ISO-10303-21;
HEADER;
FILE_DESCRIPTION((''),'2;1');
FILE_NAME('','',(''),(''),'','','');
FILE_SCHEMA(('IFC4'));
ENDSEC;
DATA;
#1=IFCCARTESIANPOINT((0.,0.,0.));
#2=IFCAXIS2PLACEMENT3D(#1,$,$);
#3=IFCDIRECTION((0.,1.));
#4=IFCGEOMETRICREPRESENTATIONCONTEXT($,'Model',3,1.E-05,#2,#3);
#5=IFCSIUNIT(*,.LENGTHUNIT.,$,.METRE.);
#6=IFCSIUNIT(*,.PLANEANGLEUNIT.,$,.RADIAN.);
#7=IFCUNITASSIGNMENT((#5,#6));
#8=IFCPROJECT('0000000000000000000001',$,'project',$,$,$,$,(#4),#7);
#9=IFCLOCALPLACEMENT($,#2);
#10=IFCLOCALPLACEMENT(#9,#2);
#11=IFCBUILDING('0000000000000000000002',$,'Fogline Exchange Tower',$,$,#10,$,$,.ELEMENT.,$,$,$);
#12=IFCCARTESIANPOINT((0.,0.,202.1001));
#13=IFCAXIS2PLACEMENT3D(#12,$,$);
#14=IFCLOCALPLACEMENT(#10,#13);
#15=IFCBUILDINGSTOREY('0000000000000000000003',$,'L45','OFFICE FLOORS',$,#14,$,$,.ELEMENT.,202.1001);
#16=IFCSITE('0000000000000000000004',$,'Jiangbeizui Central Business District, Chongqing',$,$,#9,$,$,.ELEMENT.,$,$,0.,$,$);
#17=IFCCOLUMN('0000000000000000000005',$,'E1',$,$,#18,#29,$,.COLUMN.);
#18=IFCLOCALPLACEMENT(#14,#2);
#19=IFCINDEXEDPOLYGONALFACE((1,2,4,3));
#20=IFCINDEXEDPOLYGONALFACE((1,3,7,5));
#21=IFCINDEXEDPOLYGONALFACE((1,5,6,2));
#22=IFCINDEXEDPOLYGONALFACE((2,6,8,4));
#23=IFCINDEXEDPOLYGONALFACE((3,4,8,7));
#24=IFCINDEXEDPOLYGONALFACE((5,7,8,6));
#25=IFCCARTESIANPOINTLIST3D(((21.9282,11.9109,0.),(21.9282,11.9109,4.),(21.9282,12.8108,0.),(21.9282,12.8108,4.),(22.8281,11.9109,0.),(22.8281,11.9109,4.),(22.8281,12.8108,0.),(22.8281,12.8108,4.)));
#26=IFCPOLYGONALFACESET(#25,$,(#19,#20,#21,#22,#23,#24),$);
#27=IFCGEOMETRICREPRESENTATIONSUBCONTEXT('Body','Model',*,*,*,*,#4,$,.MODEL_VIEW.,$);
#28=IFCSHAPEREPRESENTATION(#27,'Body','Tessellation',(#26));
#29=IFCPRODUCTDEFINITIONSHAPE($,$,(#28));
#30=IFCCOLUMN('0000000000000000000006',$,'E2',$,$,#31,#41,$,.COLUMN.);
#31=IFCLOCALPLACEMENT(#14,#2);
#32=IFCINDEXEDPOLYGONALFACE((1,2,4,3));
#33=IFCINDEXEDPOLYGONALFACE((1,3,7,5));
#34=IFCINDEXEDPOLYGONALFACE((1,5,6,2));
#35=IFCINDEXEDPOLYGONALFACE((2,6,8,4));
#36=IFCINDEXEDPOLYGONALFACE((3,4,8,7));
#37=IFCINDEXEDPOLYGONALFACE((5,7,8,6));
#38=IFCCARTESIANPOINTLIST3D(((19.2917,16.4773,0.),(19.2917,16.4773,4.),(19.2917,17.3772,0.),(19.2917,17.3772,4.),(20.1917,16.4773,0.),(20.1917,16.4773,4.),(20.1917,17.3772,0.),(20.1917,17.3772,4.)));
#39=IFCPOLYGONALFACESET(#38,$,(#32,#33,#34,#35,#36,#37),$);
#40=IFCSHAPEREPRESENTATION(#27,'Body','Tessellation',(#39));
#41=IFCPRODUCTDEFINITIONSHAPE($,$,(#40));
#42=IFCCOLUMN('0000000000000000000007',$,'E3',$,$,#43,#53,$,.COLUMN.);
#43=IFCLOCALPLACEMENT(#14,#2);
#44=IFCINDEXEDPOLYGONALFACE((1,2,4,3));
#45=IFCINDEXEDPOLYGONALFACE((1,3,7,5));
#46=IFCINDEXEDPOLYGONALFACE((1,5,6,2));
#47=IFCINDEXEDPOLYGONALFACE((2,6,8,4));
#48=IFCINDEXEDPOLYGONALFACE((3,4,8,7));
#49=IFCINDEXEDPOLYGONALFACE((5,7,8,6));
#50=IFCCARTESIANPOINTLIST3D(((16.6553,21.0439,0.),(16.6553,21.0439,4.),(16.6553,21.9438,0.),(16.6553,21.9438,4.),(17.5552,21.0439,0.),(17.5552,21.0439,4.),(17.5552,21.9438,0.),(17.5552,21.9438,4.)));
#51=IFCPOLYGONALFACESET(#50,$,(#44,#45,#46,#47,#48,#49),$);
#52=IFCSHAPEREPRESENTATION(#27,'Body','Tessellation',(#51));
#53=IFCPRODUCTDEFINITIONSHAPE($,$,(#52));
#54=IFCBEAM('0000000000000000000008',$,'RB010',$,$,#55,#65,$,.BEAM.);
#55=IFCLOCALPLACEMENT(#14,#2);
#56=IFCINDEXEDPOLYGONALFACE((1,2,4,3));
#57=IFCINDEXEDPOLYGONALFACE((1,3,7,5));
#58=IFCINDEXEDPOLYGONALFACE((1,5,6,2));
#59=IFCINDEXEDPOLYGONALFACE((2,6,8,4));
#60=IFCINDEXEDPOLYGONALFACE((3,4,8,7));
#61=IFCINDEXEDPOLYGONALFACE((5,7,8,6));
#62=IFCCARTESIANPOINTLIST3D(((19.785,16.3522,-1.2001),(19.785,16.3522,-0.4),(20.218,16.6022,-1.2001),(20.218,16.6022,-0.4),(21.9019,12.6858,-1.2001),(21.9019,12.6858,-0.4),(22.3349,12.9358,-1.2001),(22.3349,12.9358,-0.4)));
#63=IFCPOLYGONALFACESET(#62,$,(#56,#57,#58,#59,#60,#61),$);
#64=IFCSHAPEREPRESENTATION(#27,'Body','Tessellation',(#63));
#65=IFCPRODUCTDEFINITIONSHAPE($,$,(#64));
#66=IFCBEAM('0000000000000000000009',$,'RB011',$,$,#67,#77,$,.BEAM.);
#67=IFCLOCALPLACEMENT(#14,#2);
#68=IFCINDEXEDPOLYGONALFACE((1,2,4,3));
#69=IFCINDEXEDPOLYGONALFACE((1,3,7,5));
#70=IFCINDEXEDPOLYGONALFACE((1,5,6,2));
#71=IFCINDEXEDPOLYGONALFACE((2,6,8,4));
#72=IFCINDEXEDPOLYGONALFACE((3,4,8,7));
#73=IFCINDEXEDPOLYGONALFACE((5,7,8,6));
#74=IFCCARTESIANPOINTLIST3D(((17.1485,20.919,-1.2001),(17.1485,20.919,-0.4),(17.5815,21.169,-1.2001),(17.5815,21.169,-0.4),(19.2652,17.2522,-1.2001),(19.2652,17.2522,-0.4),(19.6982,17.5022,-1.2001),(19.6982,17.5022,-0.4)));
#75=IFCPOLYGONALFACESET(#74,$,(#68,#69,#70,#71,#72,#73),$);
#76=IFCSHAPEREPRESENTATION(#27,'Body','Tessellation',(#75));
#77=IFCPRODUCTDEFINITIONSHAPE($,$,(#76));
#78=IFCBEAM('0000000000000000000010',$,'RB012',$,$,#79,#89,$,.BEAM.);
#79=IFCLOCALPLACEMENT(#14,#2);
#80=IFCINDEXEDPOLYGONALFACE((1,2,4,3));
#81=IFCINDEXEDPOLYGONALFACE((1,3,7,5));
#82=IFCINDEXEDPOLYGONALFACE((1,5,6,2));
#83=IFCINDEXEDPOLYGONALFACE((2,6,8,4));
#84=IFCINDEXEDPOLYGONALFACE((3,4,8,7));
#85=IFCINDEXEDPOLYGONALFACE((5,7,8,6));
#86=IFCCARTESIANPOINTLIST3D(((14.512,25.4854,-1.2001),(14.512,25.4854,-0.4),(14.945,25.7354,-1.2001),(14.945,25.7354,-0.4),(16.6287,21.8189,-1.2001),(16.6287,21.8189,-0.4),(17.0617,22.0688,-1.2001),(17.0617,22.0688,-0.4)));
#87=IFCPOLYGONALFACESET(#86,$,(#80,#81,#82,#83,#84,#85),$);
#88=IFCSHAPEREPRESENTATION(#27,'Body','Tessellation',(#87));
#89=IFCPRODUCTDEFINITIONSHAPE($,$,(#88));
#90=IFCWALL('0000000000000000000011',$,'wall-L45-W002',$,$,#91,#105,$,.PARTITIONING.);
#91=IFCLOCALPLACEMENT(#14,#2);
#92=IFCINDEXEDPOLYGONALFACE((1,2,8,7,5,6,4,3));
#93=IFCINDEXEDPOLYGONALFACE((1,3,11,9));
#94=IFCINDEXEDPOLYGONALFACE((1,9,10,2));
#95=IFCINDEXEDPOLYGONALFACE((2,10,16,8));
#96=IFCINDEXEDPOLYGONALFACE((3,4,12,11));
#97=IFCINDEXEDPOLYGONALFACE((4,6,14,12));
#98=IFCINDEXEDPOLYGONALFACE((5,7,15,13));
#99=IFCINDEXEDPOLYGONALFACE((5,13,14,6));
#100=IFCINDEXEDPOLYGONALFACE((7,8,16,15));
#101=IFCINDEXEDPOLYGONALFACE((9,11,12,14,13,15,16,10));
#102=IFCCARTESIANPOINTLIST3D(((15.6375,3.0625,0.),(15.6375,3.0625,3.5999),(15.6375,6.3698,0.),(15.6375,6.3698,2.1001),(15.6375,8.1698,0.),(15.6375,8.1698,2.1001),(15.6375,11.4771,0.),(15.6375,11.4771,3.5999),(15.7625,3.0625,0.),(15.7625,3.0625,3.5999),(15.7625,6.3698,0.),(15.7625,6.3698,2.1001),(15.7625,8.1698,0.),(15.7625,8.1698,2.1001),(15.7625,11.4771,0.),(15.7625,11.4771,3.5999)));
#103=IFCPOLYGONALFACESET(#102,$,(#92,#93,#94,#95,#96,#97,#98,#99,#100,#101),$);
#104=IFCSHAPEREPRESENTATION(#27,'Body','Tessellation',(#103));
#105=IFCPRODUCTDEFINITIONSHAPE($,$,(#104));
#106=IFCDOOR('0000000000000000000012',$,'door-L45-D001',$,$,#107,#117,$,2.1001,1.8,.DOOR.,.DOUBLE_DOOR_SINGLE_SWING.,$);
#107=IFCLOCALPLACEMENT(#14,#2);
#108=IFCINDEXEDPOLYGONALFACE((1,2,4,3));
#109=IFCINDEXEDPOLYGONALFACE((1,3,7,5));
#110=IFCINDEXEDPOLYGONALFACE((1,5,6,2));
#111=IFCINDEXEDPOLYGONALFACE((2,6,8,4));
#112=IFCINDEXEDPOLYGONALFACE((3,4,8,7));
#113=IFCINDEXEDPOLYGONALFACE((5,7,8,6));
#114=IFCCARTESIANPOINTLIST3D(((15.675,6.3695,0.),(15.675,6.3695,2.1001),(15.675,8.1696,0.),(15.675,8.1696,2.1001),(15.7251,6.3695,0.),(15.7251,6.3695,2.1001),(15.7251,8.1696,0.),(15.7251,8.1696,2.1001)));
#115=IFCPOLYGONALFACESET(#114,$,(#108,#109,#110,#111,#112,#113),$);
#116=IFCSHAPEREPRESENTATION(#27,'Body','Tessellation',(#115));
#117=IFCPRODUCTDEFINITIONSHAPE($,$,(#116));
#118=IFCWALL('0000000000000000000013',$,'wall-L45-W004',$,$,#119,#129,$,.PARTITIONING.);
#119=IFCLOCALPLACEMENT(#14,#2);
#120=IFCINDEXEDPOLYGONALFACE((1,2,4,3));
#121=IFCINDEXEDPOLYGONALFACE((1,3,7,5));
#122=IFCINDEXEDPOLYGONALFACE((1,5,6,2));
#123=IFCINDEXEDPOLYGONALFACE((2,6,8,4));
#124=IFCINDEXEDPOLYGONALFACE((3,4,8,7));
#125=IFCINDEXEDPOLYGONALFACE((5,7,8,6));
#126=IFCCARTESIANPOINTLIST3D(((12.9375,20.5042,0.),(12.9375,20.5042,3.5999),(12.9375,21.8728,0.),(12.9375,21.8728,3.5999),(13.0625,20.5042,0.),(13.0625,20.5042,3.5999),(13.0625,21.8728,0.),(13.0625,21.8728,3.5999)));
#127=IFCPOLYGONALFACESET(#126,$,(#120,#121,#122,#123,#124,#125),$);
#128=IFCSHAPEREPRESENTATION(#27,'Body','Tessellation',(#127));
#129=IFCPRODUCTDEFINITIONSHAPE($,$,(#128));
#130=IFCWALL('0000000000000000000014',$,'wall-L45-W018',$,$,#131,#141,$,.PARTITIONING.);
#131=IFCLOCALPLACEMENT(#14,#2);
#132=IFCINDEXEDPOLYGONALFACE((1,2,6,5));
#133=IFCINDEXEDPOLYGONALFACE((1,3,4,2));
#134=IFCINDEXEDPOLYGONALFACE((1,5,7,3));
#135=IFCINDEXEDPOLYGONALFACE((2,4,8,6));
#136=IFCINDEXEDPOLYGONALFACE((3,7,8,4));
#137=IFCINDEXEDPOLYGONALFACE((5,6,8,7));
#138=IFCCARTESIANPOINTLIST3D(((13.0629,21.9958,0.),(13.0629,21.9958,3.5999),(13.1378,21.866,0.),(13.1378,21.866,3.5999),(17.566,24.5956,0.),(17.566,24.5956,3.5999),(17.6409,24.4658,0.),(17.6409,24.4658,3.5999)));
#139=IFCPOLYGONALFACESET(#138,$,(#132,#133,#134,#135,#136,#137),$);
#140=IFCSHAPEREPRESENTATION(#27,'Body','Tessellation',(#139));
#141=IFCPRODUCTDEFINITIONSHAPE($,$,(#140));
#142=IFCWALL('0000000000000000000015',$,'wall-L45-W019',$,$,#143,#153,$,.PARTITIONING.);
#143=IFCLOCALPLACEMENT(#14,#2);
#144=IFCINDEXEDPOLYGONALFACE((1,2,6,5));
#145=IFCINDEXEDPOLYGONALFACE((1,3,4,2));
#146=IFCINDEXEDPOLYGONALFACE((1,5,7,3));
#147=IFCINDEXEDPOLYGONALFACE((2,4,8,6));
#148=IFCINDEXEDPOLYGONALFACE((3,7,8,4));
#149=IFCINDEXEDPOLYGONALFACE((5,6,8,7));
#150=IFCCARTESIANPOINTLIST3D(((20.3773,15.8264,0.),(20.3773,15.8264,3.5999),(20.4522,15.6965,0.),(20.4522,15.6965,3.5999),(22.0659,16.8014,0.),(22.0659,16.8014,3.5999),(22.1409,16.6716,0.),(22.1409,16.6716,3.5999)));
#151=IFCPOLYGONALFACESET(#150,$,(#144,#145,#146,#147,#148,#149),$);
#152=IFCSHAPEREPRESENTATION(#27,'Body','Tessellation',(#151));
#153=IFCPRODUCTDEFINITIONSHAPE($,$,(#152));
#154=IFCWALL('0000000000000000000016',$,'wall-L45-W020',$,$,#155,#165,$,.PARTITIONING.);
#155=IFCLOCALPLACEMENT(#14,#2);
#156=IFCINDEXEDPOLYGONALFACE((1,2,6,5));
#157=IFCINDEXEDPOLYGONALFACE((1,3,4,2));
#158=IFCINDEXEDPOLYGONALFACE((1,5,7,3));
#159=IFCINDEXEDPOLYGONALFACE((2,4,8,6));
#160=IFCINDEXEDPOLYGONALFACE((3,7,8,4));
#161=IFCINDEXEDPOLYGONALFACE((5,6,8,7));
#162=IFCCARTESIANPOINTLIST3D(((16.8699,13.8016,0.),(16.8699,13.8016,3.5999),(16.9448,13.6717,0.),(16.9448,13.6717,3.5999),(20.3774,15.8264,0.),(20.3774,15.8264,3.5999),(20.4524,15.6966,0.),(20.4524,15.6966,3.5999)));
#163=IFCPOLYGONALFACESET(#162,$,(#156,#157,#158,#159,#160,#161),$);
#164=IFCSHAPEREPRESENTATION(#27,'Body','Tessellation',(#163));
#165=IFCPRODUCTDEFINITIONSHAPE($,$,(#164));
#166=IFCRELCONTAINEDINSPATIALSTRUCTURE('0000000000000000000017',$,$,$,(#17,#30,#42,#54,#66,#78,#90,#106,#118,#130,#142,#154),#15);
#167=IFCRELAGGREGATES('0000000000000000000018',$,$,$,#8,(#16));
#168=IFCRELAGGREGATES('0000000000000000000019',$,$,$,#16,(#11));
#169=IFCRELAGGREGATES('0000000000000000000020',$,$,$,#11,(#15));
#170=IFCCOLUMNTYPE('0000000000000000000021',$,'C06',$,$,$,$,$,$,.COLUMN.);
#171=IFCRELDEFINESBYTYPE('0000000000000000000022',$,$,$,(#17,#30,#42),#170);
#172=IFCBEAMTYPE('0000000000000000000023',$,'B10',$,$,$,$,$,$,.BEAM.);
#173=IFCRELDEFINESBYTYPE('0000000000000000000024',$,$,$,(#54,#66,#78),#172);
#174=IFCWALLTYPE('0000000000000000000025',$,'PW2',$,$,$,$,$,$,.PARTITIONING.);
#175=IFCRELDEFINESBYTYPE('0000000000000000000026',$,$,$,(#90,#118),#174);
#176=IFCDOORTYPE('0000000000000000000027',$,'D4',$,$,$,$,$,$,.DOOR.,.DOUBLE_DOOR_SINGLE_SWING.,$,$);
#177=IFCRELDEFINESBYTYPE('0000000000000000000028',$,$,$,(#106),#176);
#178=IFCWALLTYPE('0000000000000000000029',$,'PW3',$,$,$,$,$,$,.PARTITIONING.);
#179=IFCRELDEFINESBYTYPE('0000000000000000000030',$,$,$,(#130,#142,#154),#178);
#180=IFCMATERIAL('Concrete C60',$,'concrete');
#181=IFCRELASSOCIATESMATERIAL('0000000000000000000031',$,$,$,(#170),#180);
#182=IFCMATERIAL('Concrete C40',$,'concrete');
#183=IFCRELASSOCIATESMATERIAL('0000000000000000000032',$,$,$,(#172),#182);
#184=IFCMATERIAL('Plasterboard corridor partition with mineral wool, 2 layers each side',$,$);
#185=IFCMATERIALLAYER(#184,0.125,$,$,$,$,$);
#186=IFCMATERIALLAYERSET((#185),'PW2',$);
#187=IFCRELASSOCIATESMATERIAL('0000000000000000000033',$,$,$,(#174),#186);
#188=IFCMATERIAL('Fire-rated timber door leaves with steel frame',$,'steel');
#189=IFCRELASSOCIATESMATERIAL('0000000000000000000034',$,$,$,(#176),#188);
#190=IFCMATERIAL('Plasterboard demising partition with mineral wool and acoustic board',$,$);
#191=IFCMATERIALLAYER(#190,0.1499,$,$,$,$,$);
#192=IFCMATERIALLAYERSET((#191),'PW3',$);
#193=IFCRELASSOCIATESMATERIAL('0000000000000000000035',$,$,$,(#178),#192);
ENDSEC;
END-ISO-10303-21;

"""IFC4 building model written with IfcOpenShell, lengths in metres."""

from ifc_helpers import new_model, si_unit, direction, frame, frame_2d, origin, origin_2d, place, context, subcontext, project, spatial, rectangle, extrude, material, layer, layer_set, material_profile, profile_set, type_object, element, fill, save


model = new_model("IFC4")

# Units and contexts
model_context = context("Model", 3, precision=1e-05, world=origin(), true_north=direction((0.0, 1.0)))
body_context = subcontext(model_context, "Body", "Model", "MODEL_VIEW")
ifc_project = project(units=[si_unit("LENGTHUNIT", "METRE"), si_unit("PLANEANGLEUNIT", "RADIAN")], contexts=[model_context])

# Site, building, storey
site_placement = place(None, origin())
site = spatial("IfcSite", under=ifc_project, at=site_placement, Name="Jiangbeizui Central Business District, Chongqing", CompositionType="ELEMENT", RefElevation=0.0)
building_placement = place(site_placement, origin())
building = spatial("IfcBuilding", under=site, at=building_placement, Name="Fogline Exchange Tower", CompositionType="ELEMENT")
storey_placement = place(building_placement, frame((0.0, 0.0, 202.1001)))
storey = spatial("IfcBuildingStorey", under=building, at=storey_placement, Name="L45", Description="OFFICE FLOORS", CompositionType="ELEMENT", Elevation=202.1001)

# Columns
ifc_material_1 = material(Name="Concrete C60", Category="concrete")
ifc_material_profile_1 = material_profile(ifc_material_1, rectangle(XDim=0.8999, YDim=0.8999, at=origin_2d()), Name="RC 900x900")
ifc_profile_set_1 = profile_set([ifc_material_profile_1], Name="Concrete C60")
column_type = type_object("IfcColumnType", Name="C06", PredefinedType="COLUMN", material=ifc_profile_set_1)
for number, where, z_axis, x_axis, name in (
    (1, (22.3782, 12.3608, 0.0), (0.0, 0.0, 1.0), (1.0, 0.0, 0.0), "E1"),
    (2, (19.7417, 16.9272, 0.0), (0.0, 0.0, 1.0), (1.0, 0.0, 0.0), "E2"),
    (3, (17.1052, 21.4939, 0.0), (0.0, 0.0, 1.0), (1.0, 0.0, 0.0), "E3"),
):
    element("IfcColumn", number, at=place(storey_placement, frame(where, z_axis=z_axis, x_axis=x_axis)), inside=storey, type_object=column_type, Name=name, PredefinedType="COLUMN", context=body_context, shape_type="SweptSolid", body=[
        extrude(rectangle(XDim=0.8999, YDim=0.8999, at=origin_2d()), origin(), (0.0, 0.0, 1.0), 4.0),
    ])

# Beams
ifc_material_2 = material(Name="Concrete C40", Category="concrete")
ifc_material_profile_2 = material_profile(ifc_material_2, rectangle(XDim=0.5, YDim=0.8, at=origin_2d()), Name="RC 500x800")
ifc_profile_set_2 = profile_set([ifc_material_profile_2], Name="Concrete C40")
beam_type = type_object("IfcBeamType", Name="B10", PredefinedType="BEAM", material=ifc_profile_set_2)
beam_1_placement = place(storey_placement, frame((22.1184, 12.8108, -0.8), z_axis=(-0.500015, 0.866017, 0.0), x_axis=(-0.866017, -0.500015, 0.0)))
element("IfcBeam", 4, at=beam_1_placement, inside=storey, type_object=beam_type, Name="RB010", PredefinedType="BEAM", context=body_context, shape_type="SweptSolid", body=[
    extrude(rectangle(XDim=0.5, YDim=0.8, at=origin_2d()), origin(), (0.0, 0.0, 1.0), 4.2336),
])
beam_2_placement = place(storey_placement, frame((19.4817, 17.3772, -0.8), z_axis=(-0.499947, 0.866056, 0.0), x_axis=(-0.866056, -0.499947, 0.0)))
element("IfcBeam", 5, at=beam_2_placement, inside=storey, type_object=beam_type, Name="RB011", PredefinedType="BEAM", context=body_context, shape_type="SweptSolid", body=[
    extrude(rectangle(XDim=0.5, YDim=0.8, at=origin_2d()), origin(), (0.0, 0.0, 1.0), 4.2339),
])
beam_3_placement = place(storey_placement, frame((16.8452, 21.9438, -0.8), z_axis=(-0.499972, 0.866042, 0.0), x_axis=(-0.866042, -0.499972, 0.0)))
element("IfcBeam", 6, at=beam_3_placement, inside=storey, type_object=beam_type, Name="RB012", PredefinedType="BEAM", context=body_context, shape_type="SweptSolid", body=[
    extrude(rectangle(XDim=0.5, YDim=0.8, at=origin_2d()), origin(), (0.0, 0.0, 1.0), 4.2336),
])

# Wall, opening, door
ifc_material_3 = material(Name="Plasterboard corridor partition with mineral wool, 2 layers each side")
ifc_layer_1 = layer(ifc_material_3, 0.125)
ifc_layer_set_1 = layer_set([ifc_layer_1], Name="PW2")
wall_type_1 = type_object("IfcWallType", Name="PW2", PredefinedType="PARTITIONING", material=ifc_layer_set_1)
wall_1_placement = place(storey_placement, frame((15.7, 11.4771, 0.0), z_axis=(0.0, 0.0, 1.0), x_axis=(0.0, -1.0, 0.0)))
wall_1 = element("IfcWall", 7, at=wall_1_placement, inside=storey, type_object=wall_type_1, Name="wall-L45-W002", PredefinedType="PARTITIONING", context=body_context, shape_type="SweptSolid", body=[
    extrude(rectangle(XDim=8.4146, YDim=0.125, at=frame_2d((4.2073, 0.0))), origin(), (0.0, 0.0, 1.0), 3.5999),
])
opening_1_placement = place(wall_1_placement, frame((3.3074, 0.0, 0.0)))
opening_1 = element("IfcOpeningElement", 8, at=opening_1_placement, cuts=wall_1, PredefinedType="OPENING", context=body_context, shape_type="SweptSolid", body=[
    extrude(rectangle(XDim=1.8, YDim=2.1001, at=frame_2d((0.8999, 1.05))), frame((0.0, 0.0725, 0.0), z_axis=(0.0, -1.0, 0.0), x_axis=(1.0, 0.0, 0.0)), (0.0, 0.0, 1.0), 0.145),
])
ifc_material_4 = material(Name="Fire-rated timber door leaves with steel frame", Category="steel")
door_type_1 = type_object("IfcDoorType", Name="D4", OperationType="DOUBLE_DOOR_SINGLE_SWING", PredefinedType="DOOR", material=ifc_material_4)
door_1_placement = place(opening_1_placement, frame((1.8, 0.0, 0.0), z_axis=(0.0, 0.0, 1.0), x_axis=(-1.0, 0.0, 0.0)))
door_1 = element("IfcDoor", 9, at=door_1_placement, inside=storey, type_object=door_type_1, Name="door-L45-D001", OperationType="DOUBLE_DOOR_SINGLE_SWING", OverallHeight=2.1001, OverallWidth=1.8, PredefinedType="DOOR", context=body_context, shape_type="SweptSolid", body=[
    extrude(rectangle(XDim=1.8, YDim=2.1001, at=frame_2d((0.8999, 1.05))), frame((0.0, 0.0249, 0.0), z_axis=(0.0, -1.0, 0.0), x_axis=(1.0, 0.0, 0.0)), (0.0, 0.0, 1.0), 0.05),
])
fill(opening_1, door_1)

# Walls
wall_2_placement = place(storey_placement, frame((13.0, 21.8728, 0.0), z_axis=(0.0, 0.0, 1.0), x_axis=(0.0, -1.0, 0.0)))
element("IfcWall", 10, at=wall_2_placement, inside=storey, type_object=wall_type_1, Name="wall-L45-W004", PredefinedType="PARTITIONING", context=body_context, shape_type="SweptSolid", body=[
    extrude(rectangle(XDim=1.3687, YDim=0.125, at=frame_2d((0.6843, 0.0))), origin(), (0.0, 0.0, 1.0), 3.5999),
])
ifc_material_5 = material(Name="Plasterboard demising partition with mineral wool and acoustic board")
ifc_layer_2 = layer(ifc_material_5, 0.1499)
ifc_layer_set_2 = layer_set([ifc_layer_2], Name="PW3")
wall_type_2 = type_object("IfcWallType", Name="PW3", PredefinedType="PARTITIONING", material=ifc_layer_set_2)
wall_3_placement = place(storey_placement, frame((13.1003, 21.9309, 0.0), z_axis=(0.0, 0.0, 1.0), x_axis=(0.86603, 0.499992, 0.0)))
element("IfcWall", 11, at=wall_3_placement, inside=storey, type_object=wall_type_2, Name="wall-L45-W018", PredefinedType="PARTITIONING", context=body_context, shape_type="SweptSolid", body=[
    extrude(rectangle(XDim=5.1997, YDim=0.1499, at=frame_2d((2.5999, 0.0))), origin(), (0.0, 0.0, 1.0), 3.5999),
])
wall_4_placement = place(storey_placement, frame((22.1035, 16.7366, 0.0), z_axis=(0.0, 0.0, 1.0), x_axis=(-0.866, -0.500044, 0.0)))
element("IfcWall", 12, at=wall_4_placement, inside=storey, type_object=wall_type_2, Name="wall-L45-W019", PredefinedType="PARTITIONING", context=body_context, shape_type="SweptSolid", body=[
    extrude(rectangle(XDim=1.95, YDim=0.1499, at=frame_2d((0.9751, 0.0))), origin(), (0.0, 0.0, 1.0), 3.5999),
])
wall_5_placement = place(storey_placement, frame((20.4148, 15.7615, 0.0), z_axis=(0.0, 0.0, 1.0), x_axis=(-0.866046, -0.499964, 0.0)))
element("IfcWall", 13, at=wall_5_placement, inside=storey, type_object=wall_type_2, Name="wall-L45-W020", PredefinedType="PARTITIONING", context=body_context, shape_type="SweptSolid", body=[
    extrude(rectangle(XDim=4.05, YDim=0.1499, at=frame_2d((2.0249, 0.0))), origin(), (0.0, 0.0, 1.0), 3.5999),
])

save(model, "model.ifc")
